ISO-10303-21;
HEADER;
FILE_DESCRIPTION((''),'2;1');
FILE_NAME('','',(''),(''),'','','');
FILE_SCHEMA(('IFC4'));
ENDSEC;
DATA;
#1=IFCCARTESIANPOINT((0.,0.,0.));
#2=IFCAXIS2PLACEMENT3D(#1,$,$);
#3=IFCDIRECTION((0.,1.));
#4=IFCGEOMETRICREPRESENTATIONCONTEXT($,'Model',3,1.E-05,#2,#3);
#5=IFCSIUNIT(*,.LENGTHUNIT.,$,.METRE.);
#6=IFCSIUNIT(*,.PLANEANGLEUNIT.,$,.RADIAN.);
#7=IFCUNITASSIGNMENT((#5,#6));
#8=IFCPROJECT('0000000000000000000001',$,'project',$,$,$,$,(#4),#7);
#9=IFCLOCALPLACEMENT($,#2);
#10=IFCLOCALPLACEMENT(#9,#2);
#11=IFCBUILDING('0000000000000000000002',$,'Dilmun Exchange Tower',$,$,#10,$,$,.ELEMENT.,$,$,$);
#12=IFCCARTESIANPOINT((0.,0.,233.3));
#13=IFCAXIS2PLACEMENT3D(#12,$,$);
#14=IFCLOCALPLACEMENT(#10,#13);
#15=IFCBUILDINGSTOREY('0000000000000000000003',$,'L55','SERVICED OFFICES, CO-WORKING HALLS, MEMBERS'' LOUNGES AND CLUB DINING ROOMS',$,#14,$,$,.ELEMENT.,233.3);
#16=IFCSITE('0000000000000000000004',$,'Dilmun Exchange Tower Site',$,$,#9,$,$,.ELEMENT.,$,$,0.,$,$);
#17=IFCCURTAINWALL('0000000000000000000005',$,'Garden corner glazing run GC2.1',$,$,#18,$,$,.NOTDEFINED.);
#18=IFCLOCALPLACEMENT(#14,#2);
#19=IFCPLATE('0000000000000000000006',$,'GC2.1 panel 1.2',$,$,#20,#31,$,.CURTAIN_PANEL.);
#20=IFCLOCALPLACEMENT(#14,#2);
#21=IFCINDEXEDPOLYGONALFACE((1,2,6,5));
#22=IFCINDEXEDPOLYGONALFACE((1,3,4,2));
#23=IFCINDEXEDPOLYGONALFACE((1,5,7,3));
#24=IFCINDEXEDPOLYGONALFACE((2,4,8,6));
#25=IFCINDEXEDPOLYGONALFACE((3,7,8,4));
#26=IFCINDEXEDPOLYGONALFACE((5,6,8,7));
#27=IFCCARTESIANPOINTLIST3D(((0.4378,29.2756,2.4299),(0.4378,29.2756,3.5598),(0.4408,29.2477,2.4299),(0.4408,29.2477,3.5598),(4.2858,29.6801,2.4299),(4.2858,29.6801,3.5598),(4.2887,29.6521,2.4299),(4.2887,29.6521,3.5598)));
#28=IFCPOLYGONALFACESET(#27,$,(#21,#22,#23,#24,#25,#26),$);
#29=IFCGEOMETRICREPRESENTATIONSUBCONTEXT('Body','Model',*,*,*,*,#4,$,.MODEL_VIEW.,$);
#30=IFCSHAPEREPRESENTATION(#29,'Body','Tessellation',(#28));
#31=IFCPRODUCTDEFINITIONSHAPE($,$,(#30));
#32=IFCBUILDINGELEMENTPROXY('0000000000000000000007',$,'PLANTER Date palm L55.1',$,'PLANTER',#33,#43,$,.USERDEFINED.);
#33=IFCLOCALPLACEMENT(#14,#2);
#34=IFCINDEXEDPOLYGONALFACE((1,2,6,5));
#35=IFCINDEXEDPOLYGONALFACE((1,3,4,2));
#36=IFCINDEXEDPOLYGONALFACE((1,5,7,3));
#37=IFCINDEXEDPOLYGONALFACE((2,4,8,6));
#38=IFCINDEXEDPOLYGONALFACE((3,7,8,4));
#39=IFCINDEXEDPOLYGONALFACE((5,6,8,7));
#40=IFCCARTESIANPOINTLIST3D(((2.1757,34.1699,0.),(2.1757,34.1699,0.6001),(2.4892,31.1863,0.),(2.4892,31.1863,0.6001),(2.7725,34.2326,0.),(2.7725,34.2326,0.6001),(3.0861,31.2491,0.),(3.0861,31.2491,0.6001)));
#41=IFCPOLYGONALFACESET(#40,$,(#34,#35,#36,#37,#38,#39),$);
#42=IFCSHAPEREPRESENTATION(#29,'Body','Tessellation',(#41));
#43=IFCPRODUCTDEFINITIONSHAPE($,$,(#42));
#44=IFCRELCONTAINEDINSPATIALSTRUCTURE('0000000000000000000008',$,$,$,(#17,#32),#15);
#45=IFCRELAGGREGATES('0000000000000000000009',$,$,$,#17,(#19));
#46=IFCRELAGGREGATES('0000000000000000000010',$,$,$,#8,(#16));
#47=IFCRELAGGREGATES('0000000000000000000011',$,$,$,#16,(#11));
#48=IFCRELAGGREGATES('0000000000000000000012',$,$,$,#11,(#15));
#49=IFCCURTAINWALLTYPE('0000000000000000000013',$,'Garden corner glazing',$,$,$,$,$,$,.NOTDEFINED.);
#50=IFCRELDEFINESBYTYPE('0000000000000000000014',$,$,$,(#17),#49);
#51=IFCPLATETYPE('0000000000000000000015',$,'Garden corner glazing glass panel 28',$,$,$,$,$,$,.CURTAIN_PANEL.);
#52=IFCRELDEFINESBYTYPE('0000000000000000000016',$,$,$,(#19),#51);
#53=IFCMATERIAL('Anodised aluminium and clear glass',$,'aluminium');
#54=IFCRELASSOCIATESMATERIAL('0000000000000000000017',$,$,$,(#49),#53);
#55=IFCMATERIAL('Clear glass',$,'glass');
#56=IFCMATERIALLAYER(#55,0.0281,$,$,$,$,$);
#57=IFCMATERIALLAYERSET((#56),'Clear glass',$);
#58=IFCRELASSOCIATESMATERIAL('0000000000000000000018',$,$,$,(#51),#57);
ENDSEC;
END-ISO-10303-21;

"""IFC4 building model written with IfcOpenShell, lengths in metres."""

from ifc_helpers import new_model, si_unit, direction, frame, origin, origin_2d, place, context, subcontext, project, spatial, rectangle, extrude, material, layer, layer_set, type_object, element, aggregate, save


model = new_model("IFC4")

# Units and contexts
model_context = context("Model", 3, precision=1e-05, world=origin(), true_north=direction((0.0, 1.0)))
body_context = subcontext(model_context, "Body", "Model", "MODEL_VIEW")
ifc_project = project(units=[si_unit("LENGTHUNIT", "METRE"), si_unit("PLANEANGLEUNIT", "RADIAN")], contexts=[model_context])

# Site, building, storey
site_placement = place(None, origin())
site = spatial("IfcSite", under=ifc_project, at=site_placement, Name="Dilmun Exchange Tower Site", CompositionType="ELEMENT", RefElevation=0.0)
building_placement = place(site_placement, origin())
building = spatial("IfcBuilding", under=site, at=building_placement, Name="Dilmun Exchange Tower", CompositionType="ELEMENT")
storey_placement = place(building_placement, frame((0.0, 0.0, 233.3)))
storey = spatial("IfcBuildingStorey", under=building, at=storey_placement, Name="L55", Description="SERVICED OFFICES, CO-WORKING HALLS, MEMBERS' LOUNGES AND CLUB DINING ROOMS", CompositionType="ELEMENT", Elevation=233.3)

# Shared definitions
ifc_material_1 = material(Name="Anodised aluminium and clear glass", Category="aluminium")
curtain_wall_type = type_object("IfcCurtainWallType", Name="Garden corner glazing", PredefinedType="NOTDEFINED", material=ifc_material_1)

# Curtain wall
curtain_wall_1_placement = place(storey_placement, origin())
curtain_wall_1 = element("IfcCurtainWall", 1, at=curtain_wall_1_placement, inside=storey, type_object=curtain_wall_type, Name="Garden corner glazing run GC2.1", PredefinedType="NOTDEFINED")

# Plate
ifc_material_2 = material(Name="Clear glass", Category="glass")
ifc_layer = layer(ifc_material_2, 0.0281)
ifc_layer_set = layer_set([ifc_layer], Name="Clear glass")
plate_type = type_object("IfcPlateType", Name="Garden corner glazing glass panel 28", PredefinedType="CURTAIN_PANEL", material=ifc_layer_set)
plate_1_placement = place(storey_placement, frame((2.3633, 29.4639, 2.4299), z_axis=(0.0, 0.0, 1.0), x_axis=(-0.994521, -0.104536, 0.0)))
plate_1 = element("IfcPlate", 2, at=plate_1_placement, type_object=plate_type, Name="GC2.1 panel 1.2", PredefinedType="CURTAIN_PANEL", context=body_context, shape_type="SweptSolid", body=[
    extrude(rectangle(XDim=3.8691, YDim=0.0281, at=origin_2d()), origin(), (0.0, 0.0, 1.0), 1.1299),
])
aggregate(curtain_wall_1, [plate_1])

# Building element proxy
proxy_placement = place(storey_placement, frame((2.6309, 32.7095, 0.0), z_axis=(0.0, 0.0, 1.0), x_axis=(-0.104528, 0.994522, 0.0)))
element("IfcBuildingElementProxy", 3, at=proxy_placement, inside=storey, Name="PLANTER Date palm L55.1", ObjectType="PLANTER", PredefinedType="USERDEFINED", context=body_context, shape_type="SweptSolid", body=[
    extrude(rectangle(XDim=3.0, YDim=0.6001, at=origin_2d()), origin(), (0.0, 0.0, 1.0), 0.6001),
])

save(model, "model.ifc")
